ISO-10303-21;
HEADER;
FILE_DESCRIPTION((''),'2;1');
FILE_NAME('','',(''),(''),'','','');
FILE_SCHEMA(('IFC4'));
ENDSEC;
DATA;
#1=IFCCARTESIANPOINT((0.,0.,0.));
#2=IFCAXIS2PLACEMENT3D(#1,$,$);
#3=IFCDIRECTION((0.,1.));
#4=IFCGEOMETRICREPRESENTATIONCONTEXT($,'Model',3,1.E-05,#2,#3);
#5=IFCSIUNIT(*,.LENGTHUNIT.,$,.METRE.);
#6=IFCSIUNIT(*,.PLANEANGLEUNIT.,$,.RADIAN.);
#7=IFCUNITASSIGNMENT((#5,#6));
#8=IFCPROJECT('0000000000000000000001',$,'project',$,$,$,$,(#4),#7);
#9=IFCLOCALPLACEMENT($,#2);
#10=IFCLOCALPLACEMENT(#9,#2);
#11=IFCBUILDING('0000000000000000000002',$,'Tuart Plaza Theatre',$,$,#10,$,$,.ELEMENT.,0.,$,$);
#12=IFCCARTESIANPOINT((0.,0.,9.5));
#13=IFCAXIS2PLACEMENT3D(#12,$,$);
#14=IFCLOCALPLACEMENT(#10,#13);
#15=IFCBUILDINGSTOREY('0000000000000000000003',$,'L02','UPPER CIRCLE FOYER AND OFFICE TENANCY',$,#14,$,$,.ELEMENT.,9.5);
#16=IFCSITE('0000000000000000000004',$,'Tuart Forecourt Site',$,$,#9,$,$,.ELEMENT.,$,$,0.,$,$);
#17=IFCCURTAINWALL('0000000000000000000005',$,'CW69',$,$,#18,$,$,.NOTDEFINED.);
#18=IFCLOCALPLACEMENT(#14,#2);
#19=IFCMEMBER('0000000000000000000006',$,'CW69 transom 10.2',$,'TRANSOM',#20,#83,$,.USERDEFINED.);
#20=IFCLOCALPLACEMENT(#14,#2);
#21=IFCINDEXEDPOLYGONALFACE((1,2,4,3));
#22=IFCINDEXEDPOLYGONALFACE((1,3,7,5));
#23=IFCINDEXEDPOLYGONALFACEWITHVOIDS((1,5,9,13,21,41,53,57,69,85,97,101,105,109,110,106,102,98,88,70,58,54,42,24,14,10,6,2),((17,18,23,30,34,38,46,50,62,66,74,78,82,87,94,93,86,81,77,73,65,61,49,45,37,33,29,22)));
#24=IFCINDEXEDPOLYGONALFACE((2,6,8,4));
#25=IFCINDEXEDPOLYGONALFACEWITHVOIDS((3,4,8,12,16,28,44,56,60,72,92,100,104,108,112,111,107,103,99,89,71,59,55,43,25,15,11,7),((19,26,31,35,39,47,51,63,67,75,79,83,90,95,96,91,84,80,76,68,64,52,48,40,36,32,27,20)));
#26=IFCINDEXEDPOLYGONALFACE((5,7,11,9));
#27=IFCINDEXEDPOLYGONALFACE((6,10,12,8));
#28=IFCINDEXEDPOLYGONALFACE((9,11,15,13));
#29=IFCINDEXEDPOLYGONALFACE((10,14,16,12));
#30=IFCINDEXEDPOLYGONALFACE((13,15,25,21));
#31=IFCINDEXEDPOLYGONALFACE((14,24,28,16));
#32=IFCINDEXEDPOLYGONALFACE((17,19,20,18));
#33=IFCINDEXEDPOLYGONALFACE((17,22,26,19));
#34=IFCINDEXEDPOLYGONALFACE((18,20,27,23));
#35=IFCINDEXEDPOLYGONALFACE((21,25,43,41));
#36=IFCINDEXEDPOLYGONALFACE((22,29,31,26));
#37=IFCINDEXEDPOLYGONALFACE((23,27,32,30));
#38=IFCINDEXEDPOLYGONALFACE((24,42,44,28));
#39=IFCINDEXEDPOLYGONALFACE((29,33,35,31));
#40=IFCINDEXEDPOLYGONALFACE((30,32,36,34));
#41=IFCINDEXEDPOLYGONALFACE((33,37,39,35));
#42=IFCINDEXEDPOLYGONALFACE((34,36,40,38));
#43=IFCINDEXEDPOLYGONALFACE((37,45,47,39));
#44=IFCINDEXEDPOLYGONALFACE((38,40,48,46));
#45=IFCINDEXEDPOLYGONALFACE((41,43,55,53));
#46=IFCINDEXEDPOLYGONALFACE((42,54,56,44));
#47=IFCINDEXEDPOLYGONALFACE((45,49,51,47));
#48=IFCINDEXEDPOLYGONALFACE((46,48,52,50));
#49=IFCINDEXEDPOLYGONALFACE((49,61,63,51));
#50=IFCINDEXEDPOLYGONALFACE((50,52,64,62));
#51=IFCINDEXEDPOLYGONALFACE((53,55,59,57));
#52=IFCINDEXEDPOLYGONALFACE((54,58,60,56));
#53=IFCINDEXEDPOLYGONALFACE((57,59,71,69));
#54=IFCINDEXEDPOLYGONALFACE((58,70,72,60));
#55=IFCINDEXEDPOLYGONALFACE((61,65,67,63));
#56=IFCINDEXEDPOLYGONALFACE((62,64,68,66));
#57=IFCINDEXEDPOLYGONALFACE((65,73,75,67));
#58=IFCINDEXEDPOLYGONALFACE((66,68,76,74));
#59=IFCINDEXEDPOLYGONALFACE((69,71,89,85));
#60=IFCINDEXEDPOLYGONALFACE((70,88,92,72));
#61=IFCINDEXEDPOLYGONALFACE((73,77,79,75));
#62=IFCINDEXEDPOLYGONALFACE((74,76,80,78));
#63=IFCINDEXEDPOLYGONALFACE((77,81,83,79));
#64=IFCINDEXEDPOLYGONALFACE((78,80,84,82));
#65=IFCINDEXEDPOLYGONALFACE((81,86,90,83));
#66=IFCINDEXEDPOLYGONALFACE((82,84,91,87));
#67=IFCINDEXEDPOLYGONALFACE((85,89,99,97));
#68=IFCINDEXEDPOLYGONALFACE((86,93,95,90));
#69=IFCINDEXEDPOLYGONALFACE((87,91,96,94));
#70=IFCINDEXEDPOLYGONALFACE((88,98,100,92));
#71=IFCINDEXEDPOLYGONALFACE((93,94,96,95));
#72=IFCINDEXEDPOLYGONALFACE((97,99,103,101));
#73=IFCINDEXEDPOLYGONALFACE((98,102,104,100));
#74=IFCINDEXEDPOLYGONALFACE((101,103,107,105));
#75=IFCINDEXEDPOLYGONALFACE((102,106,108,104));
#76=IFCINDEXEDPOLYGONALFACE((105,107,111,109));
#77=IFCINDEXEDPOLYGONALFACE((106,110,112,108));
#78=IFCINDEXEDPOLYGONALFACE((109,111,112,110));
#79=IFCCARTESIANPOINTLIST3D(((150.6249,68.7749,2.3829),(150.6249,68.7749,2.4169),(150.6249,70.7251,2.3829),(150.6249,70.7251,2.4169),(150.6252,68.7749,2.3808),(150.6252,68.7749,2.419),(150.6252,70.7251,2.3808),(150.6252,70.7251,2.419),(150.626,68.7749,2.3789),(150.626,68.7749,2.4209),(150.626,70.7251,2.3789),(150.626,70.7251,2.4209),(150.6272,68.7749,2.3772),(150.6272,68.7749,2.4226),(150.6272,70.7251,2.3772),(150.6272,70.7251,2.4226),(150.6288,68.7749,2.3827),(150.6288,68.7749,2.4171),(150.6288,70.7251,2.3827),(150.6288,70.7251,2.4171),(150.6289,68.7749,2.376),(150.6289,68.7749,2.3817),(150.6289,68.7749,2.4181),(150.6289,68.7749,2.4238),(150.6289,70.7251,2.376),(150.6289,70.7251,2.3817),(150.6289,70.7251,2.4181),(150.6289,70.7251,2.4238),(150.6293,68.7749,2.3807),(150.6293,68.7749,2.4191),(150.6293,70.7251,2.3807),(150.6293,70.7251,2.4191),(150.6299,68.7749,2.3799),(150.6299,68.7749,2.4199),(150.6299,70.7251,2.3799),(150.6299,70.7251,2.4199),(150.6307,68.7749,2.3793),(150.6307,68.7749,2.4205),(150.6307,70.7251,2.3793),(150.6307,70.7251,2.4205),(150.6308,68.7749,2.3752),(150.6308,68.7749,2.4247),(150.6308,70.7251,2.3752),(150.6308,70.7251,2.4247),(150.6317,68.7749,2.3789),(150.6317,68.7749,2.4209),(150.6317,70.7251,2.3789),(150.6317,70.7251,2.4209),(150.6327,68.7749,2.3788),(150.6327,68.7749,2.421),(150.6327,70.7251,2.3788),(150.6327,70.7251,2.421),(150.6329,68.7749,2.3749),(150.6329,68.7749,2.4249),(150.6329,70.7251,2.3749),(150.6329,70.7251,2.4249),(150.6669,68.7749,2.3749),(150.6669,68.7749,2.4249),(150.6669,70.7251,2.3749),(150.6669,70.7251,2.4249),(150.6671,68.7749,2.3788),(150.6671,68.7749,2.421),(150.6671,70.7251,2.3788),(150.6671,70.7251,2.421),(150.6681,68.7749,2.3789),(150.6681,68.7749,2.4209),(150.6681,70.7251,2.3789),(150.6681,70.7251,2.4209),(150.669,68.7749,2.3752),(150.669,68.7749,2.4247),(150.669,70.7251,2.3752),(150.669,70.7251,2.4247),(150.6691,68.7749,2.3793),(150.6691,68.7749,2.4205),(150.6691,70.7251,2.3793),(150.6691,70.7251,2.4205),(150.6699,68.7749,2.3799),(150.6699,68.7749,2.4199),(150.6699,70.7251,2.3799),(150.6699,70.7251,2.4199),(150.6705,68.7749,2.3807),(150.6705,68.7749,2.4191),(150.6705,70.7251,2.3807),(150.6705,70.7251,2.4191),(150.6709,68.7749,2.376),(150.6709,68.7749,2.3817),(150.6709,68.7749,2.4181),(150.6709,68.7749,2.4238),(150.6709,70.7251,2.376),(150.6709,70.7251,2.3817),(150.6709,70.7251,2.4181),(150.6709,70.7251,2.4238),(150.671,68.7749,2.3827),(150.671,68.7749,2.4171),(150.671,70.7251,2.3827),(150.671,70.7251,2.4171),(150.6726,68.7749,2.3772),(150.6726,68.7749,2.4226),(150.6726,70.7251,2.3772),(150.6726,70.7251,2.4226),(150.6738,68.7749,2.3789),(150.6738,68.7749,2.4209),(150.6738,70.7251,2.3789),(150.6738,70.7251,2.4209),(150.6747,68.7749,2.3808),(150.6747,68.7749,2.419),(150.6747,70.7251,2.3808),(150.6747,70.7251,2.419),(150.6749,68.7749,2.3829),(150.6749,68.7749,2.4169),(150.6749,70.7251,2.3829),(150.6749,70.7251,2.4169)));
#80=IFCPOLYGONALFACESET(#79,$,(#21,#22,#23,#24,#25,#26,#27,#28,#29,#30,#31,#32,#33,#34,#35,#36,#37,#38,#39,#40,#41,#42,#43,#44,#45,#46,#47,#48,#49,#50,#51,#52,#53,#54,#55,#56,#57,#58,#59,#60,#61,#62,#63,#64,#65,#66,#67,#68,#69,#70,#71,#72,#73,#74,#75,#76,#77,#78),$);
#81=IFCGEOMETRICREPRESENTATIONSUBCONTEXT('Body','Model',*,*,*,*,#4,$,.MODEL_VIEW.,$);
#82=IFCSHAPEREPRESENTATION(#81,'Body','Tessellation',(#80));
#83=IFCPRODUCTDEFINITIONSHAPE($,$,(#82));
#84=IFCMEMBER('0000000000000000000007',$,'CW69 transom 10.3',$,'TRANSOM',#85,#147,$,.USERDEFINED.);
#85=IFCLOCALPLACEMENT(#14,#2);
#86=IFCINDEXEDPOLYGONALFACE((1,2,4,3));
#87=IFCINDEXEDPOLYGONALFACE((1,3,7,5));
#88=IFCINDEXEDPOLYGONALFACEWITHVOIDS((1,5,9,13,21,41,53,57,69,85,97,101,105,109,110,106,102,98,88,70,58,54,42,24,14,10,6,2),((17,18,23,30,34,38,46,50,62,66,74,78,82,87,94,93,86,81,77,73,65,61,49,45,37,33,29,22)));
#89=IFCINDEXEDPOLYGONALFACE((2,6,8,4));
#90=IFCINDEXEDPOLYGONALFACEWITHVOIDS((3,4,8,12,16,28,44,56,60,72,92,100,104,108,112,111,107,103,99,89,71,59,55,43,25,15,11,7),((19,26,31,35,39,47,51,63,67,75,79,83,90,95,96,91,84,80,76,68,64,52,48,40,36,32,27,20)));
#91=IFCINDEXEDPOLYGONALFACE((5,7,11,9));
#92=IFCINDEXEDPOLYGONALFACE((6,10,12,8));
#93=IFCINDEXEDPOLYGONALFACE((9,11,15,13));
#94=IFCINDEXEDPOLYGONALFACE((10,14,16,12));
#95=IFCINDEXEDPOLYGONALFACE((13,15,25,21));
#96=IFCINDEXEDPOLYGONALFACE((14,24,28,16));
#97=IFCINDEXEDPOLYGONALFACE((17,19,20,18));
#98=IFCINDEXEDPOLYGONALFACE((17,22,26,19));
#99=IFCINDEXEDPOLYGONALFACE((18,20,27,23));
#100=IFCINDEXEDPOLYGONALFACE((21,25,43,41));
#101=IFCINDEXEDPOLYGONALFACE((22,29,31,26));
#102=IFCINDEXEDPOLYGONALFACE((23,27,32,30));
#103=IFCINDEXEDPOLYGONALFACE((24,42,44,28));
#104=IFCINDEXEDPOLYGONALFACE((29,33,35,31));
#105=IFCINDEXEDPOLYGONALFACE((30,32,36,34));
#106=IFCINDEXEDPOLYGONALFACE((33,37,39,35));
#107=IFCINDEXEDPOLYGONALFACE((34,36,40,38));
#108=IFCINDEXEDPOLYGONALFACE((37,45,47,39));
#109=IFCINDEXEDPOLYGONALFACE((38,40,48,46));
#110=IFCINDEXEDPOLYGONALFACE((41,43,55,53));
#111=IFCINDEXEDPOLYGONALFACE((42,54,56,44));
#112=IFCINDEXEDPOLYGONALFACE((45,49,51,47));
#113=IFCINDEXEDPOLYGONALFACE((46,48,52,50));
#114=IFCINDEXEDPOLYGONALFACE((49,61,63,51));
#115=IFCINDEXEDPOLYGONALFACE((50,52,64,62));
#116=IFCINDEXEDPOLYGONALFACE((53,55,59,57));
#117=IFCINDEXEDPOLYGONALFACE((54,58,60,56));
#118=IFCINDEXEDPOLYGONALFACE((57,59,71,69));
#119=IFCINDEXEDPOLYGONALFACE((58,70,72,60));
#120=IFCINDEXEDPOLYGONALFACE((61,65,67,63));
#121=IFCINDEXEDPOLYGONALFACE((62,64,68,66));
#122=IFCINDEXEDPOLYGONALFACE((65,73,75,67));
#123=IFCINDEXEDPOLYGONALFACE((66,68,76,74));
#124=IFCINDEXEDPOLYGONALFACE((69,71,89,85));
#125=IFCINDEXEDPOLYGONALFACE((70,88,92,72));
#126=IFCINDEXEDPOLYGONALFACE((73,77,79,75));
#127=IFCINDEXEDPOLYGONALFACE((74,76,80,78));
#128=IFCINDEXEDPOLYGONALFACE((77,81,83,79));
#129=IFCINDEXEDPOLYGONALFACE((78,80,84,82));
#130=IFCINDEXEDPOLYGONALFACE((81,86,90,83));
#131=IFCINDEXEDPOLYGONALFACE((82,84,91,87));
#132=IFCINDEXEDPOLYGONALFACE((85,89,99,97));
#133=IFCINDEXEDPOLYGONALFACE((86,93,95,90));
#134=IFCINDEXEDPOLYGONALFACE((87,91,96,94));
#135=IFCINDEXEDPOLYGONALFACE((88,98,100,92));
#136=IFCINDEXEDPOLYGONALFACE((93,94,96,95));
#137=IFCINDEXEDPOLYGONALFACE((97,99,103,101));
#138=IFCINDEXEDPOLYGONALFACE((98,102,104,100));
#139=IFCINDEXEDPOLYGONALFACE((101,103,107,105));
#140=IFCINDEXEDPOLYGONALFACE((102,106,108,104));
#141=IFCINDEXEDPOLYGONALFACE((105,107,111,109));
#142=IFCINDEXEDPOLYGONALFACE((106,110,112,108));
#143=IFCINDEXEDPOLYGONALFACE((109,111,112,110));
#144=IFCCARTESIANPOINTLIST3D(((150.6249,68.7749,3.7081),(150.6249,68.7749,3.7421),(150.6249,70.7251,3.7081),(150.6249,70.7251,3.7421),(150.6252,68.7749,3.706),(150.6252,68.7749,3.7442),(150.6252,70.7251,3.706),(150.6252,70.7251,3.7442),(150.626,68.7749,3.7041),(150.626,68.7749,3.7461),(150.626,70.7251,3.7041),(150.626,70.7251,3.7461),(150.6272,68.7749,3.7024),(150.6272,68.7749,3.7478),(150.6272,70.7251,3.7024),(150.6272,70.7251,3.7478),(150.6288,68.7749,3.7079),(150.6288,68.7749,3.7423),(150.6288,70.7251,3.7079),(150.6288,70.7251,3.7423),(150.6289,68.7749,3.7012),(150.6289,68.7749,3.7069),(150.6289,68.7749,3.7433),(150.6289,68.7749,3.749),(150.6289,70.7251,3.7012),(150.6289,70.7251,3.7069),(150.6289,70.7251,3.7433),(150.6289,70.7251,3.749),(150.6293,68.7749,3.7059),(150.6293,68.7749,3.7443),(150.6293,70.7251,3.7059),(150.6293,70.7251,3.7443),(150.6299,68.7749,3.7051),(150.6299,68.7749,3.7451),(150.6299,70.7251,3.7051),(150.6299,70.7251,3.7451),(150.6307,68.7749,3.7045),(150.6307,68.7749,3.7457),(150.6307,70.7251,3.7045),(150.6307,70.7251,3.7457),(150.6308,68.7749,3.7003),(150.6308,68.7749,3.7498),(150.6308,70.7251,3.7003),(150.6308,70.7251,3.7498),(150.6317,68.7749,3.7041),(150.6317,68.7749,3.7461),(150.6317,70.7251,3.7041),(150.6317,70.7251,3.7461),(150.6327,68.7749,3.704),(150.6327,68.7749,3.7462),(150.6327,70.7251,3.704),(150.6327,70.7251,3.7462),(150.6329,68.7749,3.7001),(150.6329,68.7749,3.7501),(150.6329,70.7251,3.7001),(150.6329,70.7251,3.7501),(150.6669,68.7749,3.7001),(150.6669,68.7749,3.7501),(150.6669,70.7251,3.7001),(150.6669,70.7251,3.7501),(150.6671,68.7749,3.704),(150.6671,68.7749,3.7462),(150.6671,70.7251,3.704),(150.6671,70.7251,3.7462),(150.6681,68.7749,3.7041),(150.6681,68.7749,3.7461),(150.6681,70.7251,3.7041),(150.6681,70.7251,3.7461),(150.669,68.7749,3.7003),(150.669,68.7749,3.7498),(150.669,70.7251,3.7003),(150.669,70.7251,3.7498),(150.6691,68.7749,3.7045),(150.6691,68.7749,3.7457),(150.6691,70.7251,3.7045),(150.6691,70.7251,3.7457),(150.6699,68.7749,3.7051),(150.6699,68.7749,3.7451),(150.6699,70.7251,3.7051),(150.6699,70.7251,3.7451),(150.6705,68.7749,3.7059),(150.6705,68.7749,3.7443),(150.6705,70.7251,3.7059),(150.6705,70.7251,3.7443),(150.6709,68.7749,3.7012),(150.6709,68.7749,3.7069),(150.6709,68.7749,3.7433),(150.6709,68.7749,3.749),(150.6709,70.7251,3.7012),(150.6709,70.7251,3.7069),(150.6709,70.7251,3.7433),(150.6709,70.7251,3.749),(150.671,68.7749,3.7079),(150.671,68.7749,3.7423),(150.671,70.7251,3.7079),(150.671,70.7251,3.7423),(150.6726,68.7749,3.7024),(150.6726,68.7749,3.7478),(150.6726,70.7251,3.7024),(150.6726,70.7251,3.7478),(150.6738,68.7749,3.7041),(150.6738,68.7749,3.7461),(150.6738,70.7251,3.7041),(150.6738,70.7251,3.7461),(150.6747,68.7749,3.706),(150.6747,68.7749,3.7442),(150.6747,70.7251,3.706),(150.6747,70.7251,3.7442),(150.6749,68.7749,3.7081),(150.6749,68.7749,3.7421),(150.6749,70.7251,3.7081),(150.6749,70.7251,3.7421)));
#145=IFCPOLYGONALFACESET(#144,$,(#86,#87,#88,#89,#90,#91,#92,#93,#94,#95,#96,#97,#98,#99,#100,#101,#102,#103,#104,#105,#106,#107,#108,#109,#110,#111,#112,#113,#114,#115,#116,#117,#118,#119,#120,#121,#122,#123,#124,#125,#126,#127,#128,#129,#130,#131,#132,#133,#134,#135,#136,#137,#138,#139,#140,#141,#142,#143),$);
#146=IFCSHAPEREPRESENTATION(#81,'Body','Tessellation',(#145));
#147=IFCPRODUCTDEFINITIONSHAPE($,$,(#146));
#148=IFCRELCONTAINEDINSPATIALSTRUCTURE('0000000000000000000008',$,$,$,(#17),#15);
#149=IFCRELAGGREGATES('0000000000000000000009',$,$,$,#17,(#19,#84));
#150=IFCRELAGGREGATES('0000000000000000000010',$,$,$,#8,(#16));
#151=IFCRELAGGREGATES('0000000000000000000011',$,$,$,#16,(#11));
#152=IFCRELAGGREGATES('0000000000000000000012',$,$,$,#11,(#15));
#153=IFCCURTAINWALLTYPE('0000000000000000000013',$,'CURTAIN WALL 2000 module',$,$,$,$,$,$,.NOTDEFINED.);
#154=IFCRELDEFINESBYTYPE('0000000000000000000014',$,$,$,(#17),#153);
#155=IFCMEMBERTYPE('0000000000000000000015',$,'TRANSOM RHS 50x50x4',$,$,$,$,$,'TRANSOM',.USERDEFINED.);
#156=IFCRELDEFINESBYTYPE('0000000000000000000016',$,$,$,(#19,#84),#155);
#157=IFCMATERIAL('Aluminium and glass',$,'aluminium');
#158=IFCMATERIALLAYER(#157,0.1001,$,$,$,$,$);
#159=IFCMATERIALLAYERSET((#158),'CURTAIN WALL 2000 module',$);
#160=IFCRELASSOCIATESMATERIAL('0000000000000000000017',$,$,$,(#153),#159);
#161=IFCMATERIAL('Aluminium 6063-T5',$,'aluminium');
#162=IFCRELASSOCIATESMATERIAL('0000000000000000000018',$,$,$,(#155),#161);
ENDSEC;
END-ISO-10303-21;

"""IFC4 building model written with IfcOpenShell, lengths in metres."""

from ifc_helpers import new_model, si_unit, direction, frame, origin, origin_2d, place, context, subcontext, project, spatial, hollow_rectangle, extrude, material, layer, layer_set, material_profile, profile_set, type_object, element, aggregate, save


model = new_model("IFC4")

# Units and contexts
model_context = context("Model", 3, precision=1e-05, world=origin(), true_north=direction((0.0, 1.0)))
body_context = subcontext(model_context, "Body", "Model", "MODEL_VIEW")
ifc_project = project(units=[si_unit("LENGTHUNIT", "METRE"), si_unit("PLANEANGLEUNIT", "RADIAN")], contexts=[model_context])

# Site, building, storey
site_placement = place(None, origin())
site = spatial("IfcSite", under=ifc_project, at=site_placement, Name="Tuart Forecourt Site", CompositionType="ELEMENT", RefElevation=0.0)
building_placement = place(site_placement, origin())
building = spatial("IfcBuilding", under=site, at=building_placement, Name="Tuart Plaza Theatre", CompositionType="ELEMENT", ElevationOfRefHeight=0.0)
storey_placement = place(building_placement, frame((0.0, 0.0, 9.5)))
storey = spatial("IfcBuildingStorey", under=building, at=storey_placement, Name="L02", Description="UPPER CIRCLE FOYER AND OFFICE TENANCY", CompositionType="ELEMENT", Elevation=9.5)

# Curtain wall, members
ifc_material_1 = material(Name="Aluminium and glass", Category="aluminium")
ifc_layer_1 = layer(ifc_material_1, 0.1001)
ifc_layer_set_1 = layer_set([ifc_layer_1], Name="CURTAIN WALL 2000 module")
curtain_wall_type = type_object("IfcCurtainWallType", Name="CURTAIN WALL 2000 module", PredefinedType="NOTDEFINED", material=ifc_layer_set_1)
curtain_wall_placement = place(storey_placement, origin())
curtain_wall = element("IfcCurtainWall", 1, at=curtain_wall_placement, inside=storey, type_object=curtain_wall_type, Name="CW69", PredefinedType="NOTDEFINED")
ifc_material_2 = material(Name="Aluminium 6063-T5", Category="aluminium")
ifc_material_profile_1 = material_profile(ifc_material_2, hollow_rectangle(XDim=0.05, YDim=0.05, WallThickness=0.0039, InnerFilletRadius=0.0039, OuterFilletRadius=0.0081, at=origin_2d()), Name="RHS 50x50x4")
ifc_profile_set_1 = profile_set([ifc_material_profile_1], Name="Aluminium 6063-T5")
member_type_1 = type_object("IfcMemberType", Name="TRANSOM RHS 50x50x4", ElementType="TRANSOM", PredefinedType="USERDEFINED", material=ifc_profile_set_1)
member_1_placement = place(storey_placement, frame((150.6499, 68.7749, 2.3999), z_axis=(0.0, 1.0, 0.0), x_axis=(-1.0, 0.0, 0.0)))
member_1 = element("IfcMember", 2, at=member_1_placement, type_object=member_type_1, Name="CW69 transom 10.2", ObjectType="TRANSOM", PredefinedType="USERDEFINED", context=body_context, shape_type="SweptSolid", body=[
    extrude(hollow_rectangle(XDim=0.05, YDim=0.05, WallThickness=0.0039, InnerFilletRadius=0.0039, OuterFilletRadius=0.0081, at=origin_2d()), origin(), (0.0, 0.0, 1.0), 1.9502),
])
member_2_placement = place(storey_placement, frame((150.6499, 68.7749, 3.7251), z_axis=(0.0, 1.0, 0.0), x_axis=(-1.0, 0.0, 0.0)))
member_2 = element("IfcMember", 3, at=member_2_placement, type_object=member_type_1, Name="CW69 transom 10.3", ObjectType="TRANSOM", PredefinedType="USERDEFINED", context=body_context, shape_type="SweptSolid", body=[
    extrude(hollow_rectangle(XDim=0.05, YDim=0.05, WallThickness=0.0039, InnerFilletRadius=0.0039, OuterFilletRadius=0.0081, at=origin_2d()), origin(), (0.0, 0.0, 1.0), 1.9502),
])
aggregate(curtain_wall, [member_1, member_2])

save(model, "model.ifc")
